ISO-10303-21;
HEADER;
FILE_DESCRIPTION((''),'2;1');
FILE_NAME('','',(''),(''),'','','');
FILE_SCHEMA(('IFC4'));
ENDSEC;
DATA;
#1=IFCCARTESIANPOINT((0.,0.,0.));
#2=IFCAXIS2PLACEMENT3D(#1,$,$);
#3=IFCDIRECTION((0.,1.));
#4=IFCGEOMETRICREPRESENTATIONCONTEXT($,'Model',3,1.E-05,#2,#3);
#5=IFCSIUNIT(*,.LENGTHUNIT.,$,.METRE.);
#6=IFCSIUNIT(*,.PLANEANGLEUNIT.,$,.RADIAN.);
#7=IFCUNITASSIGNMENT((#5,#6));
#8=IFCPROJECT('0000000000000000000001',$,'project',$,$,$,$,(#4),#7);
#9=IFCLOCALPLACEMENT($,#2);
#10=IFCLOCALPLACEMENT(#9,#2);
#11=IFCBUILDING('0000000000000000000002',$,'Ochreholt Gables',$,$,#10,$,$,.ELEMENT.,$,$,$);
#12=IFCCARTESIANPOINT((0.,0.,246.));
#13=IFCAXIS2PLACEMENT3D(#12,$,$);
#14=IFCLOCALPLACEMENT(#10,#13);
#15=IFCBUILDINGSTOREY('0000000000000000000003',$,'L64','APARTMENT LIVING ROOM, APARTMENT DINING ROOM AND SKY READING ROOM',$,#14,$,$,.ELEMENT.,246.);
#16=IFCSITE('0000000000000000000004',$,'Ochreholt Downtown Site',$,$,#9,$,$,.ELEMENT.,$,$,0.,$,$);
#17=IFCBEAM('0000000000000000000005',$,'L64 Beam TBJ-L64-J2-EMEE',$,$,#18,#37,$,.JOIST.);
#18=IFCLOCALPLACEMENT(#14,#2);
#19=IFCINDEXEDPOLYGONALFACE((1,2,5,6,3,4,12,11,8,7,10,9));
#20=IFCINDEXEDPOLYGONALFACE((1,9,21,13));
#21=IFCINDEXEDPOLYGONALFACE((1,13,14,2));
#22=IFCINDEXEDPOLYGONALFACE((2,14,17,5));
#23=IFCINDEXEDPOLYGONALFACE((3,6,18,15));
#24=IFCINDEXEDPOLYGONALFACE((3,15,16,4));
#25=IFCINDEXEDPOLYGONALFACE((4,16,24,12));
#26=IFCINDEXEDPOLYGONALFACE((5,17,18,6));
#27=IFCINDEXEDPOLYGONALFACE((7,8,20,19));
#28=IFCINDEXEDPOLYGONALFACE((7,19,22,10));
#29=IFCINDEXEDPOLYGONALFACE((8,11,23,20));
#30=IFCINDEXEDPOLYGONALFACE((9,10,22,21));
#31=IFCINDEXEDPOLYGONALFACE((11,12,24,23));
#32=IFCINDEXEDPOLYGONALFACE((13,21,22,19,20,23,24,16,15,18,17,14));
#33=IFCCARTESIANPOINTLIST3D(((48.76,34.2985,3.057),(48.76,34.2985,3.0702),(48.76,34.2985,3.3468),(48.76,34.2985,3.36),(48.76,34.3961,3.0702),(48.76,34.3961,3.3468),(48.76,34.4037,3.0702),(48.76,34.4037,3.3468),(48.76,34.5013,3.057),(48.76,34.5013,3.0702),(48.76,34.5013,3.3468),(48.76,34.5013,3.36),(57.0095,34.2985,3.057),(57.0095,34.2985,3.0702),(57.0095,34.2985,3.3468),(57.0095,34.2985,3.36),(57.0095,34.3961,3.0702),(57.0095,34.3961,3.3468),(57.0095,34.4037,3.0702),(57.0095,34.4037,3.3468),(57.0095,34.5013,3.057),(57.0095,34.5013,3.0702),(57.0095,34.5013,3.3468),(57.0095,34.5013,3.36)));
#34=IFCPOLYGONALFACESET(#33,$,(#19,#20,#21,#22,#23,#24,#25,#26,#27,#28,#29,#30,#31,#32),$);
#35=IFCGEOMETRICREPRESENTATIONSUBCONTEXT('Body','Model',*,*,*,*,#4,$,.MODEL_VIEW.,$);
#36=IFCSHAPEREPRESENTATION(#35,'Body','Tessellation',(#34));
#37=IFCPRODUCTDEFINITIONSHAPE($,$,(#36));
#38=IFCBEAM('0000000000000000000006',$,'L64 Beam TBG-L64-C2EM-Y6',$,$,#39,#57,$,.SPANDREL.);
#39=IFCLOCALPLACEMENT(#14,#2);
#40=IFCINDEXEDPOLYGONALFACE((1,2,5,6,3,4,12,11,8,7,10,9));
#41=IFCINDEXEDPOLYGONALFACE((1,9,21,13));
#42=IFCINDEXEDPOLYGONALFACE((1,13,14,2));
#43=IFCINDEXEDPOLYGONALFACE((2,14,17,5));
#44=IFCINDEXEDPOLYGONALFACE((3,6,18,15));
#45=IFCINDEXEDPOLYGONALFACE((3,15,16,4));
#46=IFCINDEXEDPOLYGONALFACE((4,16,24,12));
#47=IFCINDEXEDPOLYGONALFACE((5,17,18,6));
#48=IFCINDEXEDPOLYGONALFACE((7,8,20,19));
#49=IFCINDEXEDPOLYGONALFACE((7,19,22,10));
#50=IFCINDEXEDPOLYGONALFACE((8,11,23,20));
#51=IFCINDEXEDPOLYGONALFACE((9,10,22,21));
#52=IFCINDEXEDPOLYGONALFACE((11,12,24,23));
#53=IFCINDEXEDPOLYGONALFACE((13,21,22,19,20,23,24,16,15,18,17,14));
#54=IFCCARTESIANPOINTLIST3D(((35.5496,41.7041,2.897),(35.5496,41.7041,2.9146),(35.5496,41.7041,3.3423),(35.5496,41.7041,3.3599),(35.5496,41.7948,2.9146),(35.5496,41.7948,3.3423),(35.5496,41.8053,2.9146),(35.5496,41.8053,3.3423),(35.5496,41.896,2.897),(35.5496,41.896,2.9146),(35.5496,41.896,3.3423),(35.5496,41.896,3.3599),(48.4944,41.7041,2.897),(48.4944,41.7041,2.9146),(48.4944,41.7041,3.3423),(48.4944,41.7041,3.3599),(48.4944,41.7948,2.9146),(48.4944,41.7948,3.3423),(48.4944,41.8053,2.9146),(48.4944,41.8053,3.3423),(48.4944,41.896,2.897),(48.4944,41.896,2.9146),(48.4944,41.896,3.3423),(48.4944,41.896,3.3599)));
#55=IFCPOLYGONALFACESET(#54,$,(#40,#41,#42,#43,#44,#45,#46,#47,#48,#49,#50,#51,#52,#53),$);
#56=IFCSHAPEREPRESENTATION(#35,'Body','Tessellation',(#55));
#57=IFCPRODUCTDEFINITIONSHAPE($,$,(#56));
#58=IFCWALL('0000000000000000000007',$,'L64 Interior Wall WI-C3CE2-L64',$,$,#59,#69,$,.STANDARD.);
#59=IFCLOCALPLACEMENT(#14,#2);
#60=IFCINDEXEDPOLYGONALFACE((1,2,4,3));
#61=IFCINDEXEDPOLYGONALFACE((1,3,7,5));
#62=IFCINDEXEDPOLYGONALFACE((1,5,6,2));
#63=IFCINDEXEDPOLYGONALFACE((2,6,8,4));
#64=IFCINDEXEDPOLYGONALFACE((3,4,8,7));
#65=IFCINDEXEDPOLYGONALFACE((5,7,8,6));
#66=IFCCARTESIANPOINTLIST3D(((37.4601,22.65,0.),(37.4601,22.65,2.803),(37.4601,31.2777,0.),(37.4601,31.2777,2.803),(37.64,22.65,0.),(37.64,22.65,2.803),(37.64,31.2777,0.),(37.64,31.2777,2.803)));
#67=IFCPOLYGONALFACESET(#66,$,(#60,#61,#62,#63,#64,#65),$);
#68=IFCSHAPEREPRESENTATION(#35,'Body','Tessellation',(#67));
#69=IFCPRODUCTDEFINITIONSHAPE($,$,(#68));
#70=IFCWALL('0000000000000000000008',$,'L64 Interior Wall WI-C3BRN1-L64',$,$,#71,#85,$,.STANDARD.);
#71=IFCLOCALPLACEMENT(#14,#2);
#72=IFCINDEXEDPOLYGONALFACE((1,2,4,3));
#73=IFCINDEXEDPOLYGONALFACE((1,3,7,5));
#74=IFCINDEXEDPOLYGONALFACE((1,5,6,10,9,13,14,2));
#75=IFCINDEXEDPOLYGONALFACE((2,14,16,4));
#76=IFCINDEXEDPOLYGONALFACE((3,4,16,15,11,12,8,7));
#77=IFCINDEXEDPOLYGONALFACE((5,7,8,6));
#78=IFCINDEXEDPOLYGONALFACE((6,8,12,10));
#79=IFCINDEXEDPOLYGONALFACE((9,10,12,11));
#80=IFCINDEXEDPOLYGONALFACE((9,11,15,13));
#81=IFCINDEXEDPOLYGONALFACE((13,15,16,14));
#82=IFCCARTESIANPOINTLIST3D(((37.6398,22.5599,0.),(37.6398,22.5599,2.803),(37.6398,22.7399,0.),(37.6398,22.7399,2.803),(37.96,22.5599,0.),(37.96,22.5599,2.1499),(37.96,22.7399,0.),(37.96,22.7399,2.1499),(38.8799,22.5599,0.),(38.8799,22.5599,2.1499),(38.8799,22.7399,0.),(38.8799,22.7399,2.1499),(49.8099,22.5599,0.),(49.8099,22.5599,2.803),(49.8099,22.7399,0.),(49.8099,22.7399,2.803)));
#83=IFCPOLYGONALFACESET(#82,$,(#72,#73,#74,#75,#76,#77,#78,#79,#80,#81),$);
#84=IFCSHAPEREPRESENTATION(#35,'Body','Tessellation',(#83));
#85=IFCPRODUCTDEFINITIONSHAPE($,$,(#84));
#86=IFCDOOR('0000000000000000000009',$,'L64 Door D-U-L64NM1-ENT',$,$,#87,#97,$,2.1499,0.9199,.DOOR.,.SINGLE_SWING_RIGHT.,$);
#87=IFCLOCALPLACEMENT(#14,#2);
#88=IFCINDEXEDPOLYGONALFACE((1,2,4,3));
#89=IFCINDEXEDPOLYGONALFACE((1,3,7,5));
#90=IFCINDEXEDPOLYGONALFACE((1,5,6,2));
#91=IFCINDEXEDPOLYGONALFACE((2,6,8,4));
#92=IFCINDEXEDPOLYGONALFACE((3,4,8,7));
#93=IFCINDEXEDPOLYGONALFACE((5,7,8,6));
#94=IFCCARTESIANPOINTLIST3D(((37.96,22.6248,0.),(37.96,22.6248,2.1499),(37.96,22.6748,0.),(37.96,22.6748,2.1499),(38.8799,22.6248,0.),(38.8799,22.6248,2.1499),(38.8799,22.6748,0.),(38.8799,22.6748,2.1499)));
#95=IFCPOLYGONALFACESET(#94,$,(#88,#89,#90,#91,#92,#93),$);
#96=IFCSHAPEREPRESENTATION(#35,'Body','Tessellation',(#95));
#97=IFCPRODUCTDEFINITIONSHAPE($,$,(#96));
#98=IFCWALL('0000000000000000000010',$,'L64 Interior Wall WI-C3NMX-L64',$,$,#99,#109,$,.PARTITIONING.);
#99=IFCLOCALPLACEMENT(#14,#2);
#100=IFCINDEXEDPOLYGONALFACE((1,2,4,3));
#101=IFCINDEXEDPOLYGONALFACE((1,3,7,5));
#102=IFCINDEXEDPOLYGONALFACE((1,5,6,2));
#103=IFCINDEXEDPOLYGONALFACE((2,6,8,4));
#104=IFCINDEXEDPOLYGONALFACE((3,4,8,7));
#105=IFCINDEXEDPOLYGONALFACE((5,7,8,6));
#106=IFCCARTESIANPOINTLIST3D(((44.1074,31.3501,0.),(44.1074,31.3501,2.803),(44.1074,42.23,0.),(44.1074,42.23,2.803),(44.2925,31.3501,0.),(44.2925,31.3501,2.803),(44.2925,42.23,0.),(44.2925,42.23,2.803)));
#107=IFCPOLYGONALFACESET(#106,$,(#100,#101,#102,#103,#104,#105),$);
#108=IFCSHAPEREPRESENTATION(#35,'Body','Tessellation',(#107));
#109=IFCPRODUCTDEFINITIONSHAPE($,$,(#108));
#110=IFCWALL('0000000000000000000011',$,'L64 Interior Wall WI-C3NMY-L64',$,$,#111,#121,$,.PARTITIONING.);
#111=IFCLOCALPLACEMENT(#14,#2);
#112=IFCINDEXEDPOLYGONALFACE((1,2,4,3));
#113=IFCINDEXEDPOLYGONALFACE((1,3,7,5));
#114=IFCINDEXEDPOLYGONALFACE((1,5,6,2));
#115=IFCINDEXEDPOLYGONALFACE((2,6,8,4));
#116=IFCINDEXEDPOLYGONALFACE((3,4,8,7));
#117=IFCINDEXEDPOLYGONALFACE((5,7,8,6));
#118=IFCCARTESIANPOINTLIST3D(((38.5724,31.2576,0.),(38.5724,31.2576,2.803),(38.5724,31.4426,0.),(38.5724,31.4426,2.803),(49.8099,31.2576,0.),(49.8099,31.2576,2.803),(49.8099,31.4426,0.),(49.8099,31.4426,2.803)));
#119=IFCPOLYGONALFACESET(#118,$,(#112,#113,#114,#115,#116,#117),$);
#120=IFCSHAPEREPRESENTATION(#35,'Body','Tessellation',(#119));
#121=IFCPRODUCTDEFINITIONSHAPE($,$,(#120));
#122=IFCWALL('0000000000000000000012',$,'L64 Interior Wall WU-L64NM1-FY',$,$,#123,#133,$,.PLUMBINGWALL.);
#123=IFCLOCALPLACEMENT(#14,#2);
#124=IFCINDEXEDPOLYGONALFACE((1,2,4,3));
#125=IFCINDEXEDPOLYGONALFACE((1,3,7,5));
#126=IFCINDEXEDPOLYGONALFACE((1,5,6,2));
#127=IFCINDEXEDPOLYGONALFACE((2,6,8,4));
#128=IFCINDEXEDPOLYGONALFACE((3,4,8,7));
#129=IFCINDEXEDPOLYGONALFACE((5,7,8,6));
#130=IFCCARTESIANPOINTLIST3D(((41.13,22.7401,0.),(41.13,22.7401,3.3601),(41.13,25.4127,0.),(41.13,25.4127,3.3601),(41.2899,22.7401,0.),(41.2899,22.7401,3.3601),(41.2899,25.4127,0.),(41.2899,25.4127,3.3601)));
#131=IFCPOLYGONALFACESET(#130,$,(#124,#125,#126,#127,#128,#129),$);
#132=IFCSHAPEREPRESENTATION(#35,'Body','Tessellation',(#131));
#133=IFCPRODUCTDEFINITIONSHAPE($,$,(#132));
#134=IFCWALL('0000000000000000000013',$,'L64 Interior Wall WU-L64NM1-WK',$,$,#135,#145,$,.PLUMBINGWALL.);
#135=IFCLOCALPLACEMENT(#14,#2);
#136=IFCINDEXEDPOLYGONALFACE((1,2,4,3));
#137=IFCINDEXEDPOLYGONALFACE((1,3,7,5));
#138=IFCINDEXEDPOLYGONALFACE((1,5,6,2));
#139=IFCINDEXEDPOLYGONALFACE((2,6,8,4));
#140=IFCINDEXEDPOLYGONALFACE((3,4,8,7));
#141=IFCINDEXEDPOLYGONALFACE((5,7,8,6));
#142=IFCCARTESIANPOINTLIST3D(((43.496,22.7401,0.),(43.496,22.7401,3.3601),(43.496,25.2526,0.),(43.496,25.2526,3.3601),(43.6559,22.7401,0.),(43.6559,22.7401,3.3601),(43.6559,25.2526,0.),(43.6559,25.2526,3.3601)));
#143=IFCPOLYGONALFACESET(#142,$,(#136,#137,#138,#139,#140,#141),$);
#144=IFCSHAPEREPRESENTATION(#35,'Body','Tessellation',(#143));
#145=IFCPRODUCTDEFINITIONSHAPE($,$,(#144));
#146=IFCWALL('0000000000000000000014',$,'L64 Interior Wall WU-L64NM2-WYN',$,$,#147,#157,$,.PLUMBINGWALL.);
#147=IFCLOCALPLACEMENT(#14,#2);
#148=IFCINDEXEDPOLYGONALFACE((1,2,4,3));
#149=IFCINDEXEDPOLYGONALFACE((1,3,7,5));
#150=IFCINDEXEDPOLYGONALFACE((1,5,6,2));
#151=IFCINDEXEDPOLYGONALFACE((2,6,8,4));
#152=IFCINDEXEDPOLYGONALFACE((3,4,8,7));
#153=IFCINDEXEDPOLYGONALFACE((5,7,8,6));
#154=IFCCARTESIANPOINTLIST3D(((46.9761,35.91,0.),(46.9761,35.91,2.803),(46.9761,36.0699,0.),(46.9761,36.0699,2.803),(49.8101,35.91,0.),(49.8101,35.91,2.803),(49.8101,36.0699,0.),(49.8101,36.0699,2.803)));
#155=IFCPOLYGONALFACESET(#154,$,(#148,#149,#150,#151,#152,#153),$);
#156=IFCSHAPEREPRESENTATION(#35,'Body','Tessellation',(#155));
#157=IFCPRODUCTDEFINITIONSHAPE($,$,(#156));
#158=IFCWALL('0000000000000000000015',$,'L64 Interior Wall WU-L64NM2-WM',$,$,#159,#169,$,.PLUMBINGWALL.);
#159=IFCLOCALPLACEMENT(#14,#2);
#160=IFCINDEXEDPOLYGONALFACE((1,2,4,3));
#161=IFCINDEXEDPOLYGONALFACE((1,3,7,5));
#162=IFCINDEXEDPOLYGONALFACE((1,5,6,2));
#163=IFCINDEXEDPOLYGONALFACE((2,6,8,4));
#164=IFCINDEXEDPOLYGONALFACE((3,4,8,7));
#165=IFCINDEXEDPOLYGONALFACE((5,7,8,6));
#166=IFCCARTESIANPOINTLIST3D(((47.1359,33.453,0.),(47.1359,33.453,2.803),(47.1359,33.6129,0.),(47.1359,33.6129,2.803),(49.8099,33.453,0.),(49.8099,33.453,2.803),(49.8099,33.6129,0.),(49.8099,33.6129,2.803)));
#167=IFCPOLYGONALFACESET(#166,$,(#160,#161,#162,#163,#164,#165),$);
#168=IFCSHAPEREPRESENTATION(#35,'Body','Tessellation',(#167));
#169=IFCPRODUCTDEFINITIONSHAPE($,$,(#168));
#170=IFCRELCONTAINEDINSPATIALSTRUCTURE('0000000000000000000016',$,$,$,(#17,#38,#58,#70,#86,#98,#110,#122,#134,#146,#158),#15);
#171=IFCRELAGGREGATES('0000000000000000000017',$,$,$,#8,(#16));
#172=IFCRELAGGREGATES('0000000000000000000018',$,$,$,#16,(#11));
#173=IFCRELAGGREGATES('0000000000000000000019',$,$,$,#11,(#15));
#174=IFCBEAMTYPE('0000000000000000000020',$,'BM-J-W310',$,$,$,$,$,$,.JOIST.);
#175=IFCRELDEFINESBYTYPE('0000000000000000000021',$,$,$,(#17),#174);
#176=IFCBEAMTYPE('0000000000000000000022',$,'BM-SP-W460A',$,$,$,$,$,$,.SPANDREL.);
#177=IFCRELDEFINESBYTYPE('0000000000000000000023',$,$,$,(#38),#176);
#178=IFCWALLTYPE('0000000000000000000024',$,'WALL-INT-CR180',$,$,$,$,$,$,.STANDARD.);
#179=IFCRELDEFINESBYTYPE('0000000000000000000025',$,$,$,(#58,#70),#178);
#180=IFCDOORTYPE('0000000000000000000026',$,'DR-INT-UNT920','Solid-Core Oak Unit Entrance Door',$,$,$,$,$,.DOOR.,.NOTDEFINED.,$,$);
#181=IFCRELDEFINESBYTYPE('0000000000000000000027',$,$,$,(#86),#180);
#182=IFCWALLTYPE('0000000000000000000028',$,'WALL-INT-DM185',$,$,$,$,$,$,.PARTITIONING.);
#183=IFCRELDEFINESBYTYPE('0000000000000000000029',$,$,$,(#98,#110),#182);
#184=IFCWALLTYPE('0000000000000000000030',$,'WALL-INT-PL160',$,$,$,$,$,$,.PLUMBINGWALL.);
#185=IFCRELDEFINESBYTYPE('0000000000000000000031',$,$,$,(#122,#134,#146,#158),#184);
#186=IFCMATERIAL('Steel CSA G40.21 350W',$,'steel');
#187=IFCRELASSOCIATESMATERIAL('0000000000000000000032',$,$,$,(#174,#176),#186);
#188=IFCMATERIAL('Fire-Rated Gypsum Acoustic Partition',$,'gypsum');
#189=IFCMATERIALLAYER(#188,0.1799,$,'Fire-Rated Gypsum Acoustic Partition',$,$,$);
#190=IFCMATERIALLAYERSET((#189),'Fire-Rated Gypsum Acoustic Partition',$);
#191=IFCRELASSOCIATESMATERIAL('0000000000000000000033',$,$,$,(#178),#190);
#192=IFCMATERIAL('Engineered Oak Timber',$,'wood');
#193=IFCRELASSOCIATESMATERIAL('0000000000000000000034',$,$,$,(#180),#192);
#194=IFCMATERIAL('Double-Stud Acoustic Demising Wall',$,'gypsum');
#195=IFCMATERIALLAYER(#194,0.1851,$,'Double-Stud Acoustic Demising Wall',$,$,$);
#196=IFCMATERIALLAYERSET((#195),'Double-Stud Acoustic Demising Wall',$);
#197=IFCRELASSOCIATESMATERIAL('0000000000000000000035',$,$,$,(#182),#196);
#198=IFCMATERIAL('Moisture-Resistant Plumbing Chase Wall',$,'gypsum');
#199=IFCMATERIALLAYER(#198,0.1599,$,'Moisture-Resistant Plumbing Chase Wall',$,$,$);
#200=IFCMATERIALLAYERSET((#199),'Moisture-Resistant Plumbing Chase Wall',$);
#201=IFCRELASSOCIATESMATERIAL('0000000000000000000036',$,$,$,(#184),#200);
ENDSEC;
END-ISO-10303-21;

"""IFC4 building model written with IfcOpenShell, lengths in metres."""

from ifc_helpers import new_model, si_unit, direction, frame, frame_2d, origin, origin_2d, place, context, subcontext, project, spatial, rectangle, i_section, extrude, material, layer, layer_set, material_profile, profile_set, type_object, element, fill, save


model = new_model("IFC4")

# Units and contexts
model_context = context("Model", 3, precision=1e-05, world=origin(), true_north=direction((0.0, 1.0)))
body_context = subcontext(model_context, "Body", "Model", "MODEL_VIEW")
ifc_project = project(units=[si_unit("LENGTHUNIT", "METRE"), si_unit("PLANEANGLEUNIT", "RADIAN")], contexts=[model_context])

# Site, building, storey
site_placement = place(None, origin())
site = spatial("IfcSite", under=ifc_project, at=site_placement, Name="Ochreholt Downtown Site", CompositionType="ELEMENT", RefElevation=0.0)
building_placement = place(site_placement, origin())
building = spatial("IfcBuilding", under=site, at=building_placement, Name="Ochreholt Gables", CompositionType="ELEMENT")
storey_placement = place(building_placement, frame((0.0, 0.0, 246.0)))
storey = spatial("IfcBuildingStorey", under=building, at=storey_placement, Name="L64", Description="APARTMENT LIVING ROOM, APARTMENT DINING ROOM AND SKY READING ROOM", CompositionType="ELEMENT", Elevation=246.0)

# Shared definitions
ifc_material_1 = material(Name="Steel CSA G40.21 350W", Category="steel")

# Beams
ifc_material_profile_1 = material_profile(ifc_material_1, i_section(OverallWidth=0.2029, OverallDepth=0.303, WebThickness=0.0076, FlangeThickness=0.0132, at=origin_2d()), Name="W310X60")
ifc_profile_set_1 = profile_set([ifc_material_profile_1], Name="Steel CSA G40.21 350W")
beam_type_1 = type_object("IfcBeamType", Name="BM-J-W310", PredefinedType="JOIST", material=ifc_profile_set_1)
beam_1_placement = place(storey_placement, frame((48.76, 34.3999, 3.2085), z_axis=(1.0, 0.0, 0.0), x_axis=(0.0, 1.0, 0.0)))
element("IfcBeam", 1, at=beam_1_placement, inside=storey, type_object=beam_type_1, Name="L64 Beam TBJ-L64-J2-EMEE", PredefinedType="JOIST", context=body_context, shape_type="SweptSolid", body=[
    extrude(i_section(OverallWidth=0.2029, OverallDepth=0.303, WebThickness=0.0076, FlangeThickness=0.0132, at=origin_2d()), origin(), (0.0, 0.0, 1.0), 8.2495),
])
ifc_material_profile_2 = material_profile(ifc_material_1, i_section(OverallWidth=0.1919, OverallDepth=0.4629, WebThickness=0.0105, FlangeThickness=0.0176, at=origin_2d()), Name="W460X89")
ifc_profile_set_2 = profile_set([ifc_material_profile_2], Name="Steel CSA G40.21 350W")
beam_type_2 = type_object("IfcBeamType", Name="BM-SP-W460A", PredefinedType="SPANDREL", material=ifc_profile_set_2)
beam_2_placement = place(storey_placement, frame((35.5496, 41.8, 3.1284), z_axis=(1.0, 0.0, 0.0), x_axis=(0.0, 1.0, 0.0)))
element("IfcBeam", 2, at=beam_2_placement, inside=storey, type_object=beam_type_2, Name="L64 Beam TBG-L64-C2EM-Y6", PredefinedType="SPANDREL", context=body_context, shape_type="SweptSolid", body=[
    extrude(i_section(OverallWidth=0.1919, OverallDepth=0.4629, WebThickness=0.0105, FlangeThickness=0.0176, at=origin_2d()), origin(), (0.0, 0.0, 1.0), 12.9448),
])

# Wall
ifc_material_2 = material(Name="Fire-Rated Gypsum Acoustic Partition", Category="gypsum")
ifc_layer_1 = layer(ifc_material_2, 0.1799, Name="Fire-Rated Gypsum Acoustic Partition")
ifc_layer_set_1 = layer_set([ifc_layer_1], Name="Fire-Rated Gypsum Acoustic Partition")
wall_type_1 = type_object("IfcWallType", Name="WALL-INT-CR180", PredefinedType="STANDARD", material=ifc_layer_set_1)
wall_1_placement = place(storey_placement, frame((37.55, 22.6499, 0.0), z_axis=(0.0, 0.0, 1.0), x_axis=(0.0, 1.0, 0.0)))
element("IfcWall", 3, at=wall_1_placement, inside=storey, type_object=wall_type_1, Name="L64 Interior Wall WI-C3CE2-L64", PredefinedType="STANDARD", context=body_context, shape_type="SweptSolid", body=[
    extrude(rectangle(XDim=8.6277, YDim=0.1799, at=frame_2d((4.314, 0.0))), origin(), (0.0, 0.0, 1.0), 2.803),
])

# Wall, opening, door
wall_2_placement = place(storey_placement, frame((37.6399, 22.6499, 0.0), z_axis=(0.0, 0.0, 1.0), x_axis=(1.0, 0.0, 0.0)))
wall_2 = element("IfcWall", 4, at=wall_2_placement, inside=storey, type_object=wall_type_1, Name="L64 Interior Wall WI-C3BRN1-L64", PredefinedType="STANDARD", context=body_context, shape_type="SweptSolid", body=[
    extrude(rectangle(XDim=12.1702, YDim=0.1799, at=frame_2d((6.085, 0.0))), origin(), (0.0, 0.0, 1.0), 2.803),
])
opening_1_placement = place(wall_2_placement, frame((0.3201, 0.0, 0.0)))
opening_1 = element("IfcOpeningElement", 5, at=opening_1_placement, cuts=wall_2, PredefinedType="OPENING", context=body_context, shape_type="SweptSolid", body=[
    extrude(rectangle(XDim=0.9199, YDim=2.1499, at=frame_2d((0.46, 1.075))), frame((0.0, 0.0999, 0.0), z_axis=(0.0, -1.0, 0.0), x_axis=(1.0, 0.0, 0.0)), (0.0, 0.0, 1.0), 0.2),
])
ifc_material_3 = material(Name="Engineered Oak Timber", Category="wood")
door_type_1 = type_object("IfcDoorType", Name="DR-INT-UNT920", Description="Solid-Core Oak Unit Entrance Door", OperationType="NOTDEFINED", PredefinedType="DOOR", material=ifc_material_3)
door_1_placement = place(opening_1_placement, origin())
door_1 = element("IfcDoor", 6, at=door_1_placement, inside=storey, type_object=door_type_1, Name="L64 Door D-U-L64NM1-ENT", OperationType="SINGLE_SWING_RIGHT", OverallHeight=2.1499, OverallWidth=0.9199, PredefinedType="DOOR", context=body_context, shape_type="SweptSolid", body=[
    extrude(rectangle(XDim=0.9199, YDim=2.1499, at=frame_2d((0.46, 1.075))), frame((0.0, 0.0249, 0.0), z_axis=(0.0, -1.0, 0.0), x_axis=(1.0, 0.0, 0.0)), (0.0, 0.0, 1.0), 0.05),
])
fill(opening_1, door_1)

# Walls
ifc_material_4 = material(Name="Double-Stud Acoustic Demising Wall", Category="gypsum")
ifc_layer_2 = layer(ifc_material_4, 0.1851, Name="Double-Stud Acoustic Demising Wall")
ifc_layer_set_2 = layer_set([ifc_layer_2], Name="Double-Stud Acoustic Demising Wall")
wall_type_2 = type_object("IfcWallType", Name="WALL-INT-DM185", PredefinedType="PARTITIONING", material=ifc_layer_set_2)
wall_3_placement = place(storey_placement, frame((44.2, 31.3501, 0.0), z_axis=(0.0, 0.0, 1.0), x_axis=(0.0, 1.0, 0.0)))
element("IfcWall", 7, at=wall_3_placement, inside=storey, type_object=wall_type_2, Name="L64 Interior Wall WI-C3NMX-L64", PredefinedType="PARTITIONING", context=body_context, shape_type="SweptSolid", body=[
    extrude(rectangle(XDim=10.8799, YDim=0.1851, at=frame_2d((5.4399, 0.0))), origin(), (0.0, 0.0, 1.0), 2.803),
])
wall_4_placement = place(storey_placement, frame((38.5725, 31.3501, 0.0), z_axis=(0.0, 0.0, 1.0), x_axis=(1.0, 0.0, 0.0)))
element("IfcWall", 8, at=wall_4_placement, inside=storey, type_object=wall_type_2, Name="L64 Interior Wall WI-C3NMY-L64", PredefinedType="PARTITIONING", context=body_context, shape_type="SweptSolid", body=[
    extrude(rectangle(XDim=11.2375, YDim=0.1851, at=frame_2d((5.6187, 0.0))), origin(), (0.0, 0.0, 1.0), 2.803),
])

# Shared definitions
ifc_material_5 = material(Name="Moisture-Resistant Plumbing Chase Wall", Category="gypsum")
ifc_layer_3 = layer(ifc_material_5, 0.1599, Name="Moisture-Resistant Plumbing Chase Wall")
ifc_layer_set_3 = layer_set([ifc_layer_3], Name="Moisture-Resistant Plumbing Chase Wall")
wall_type_3 = type_object("IfcWallType", Name="WALL-INT-PL160", PredefinedType="PLUMBINGWALL", material=ifc_layer_set_3)

# Walls
wall_5_placement = place(storey_placement, frame((41.21, 22.74, 0.0), z_axis=(0.0, 0.0, 1.0), x_axis=(0.0, 1.0, 0.0)))
element("IfcWall", 9, at=wall_5_placement, inside=storey, type_object=wall_type_3, Name="L64 Interior Wall WU-L64NM1-FY", PredefinedType="PLUMBINGWALL", context=body_context, shape_type="SweptSolid", body=[
    extrude(rectangle(XDim=2.6726, YDim=0.1599, at=frame_2d((1.3364, 0.0))), origin(), (0.0, 0.0, 1.0), 3.3601),
])
wall_6_placement = place(storey_placement, frame((43.5759, 22.74, 0.0), z_axis=(0.0, 0.0, 1.0), x_axis=(0.0, 1.0, 0.0)))
element("IfcWall", 10, at=wall_6_placement, inside=storey, type_object=wall_type_3, Name="L64 Interior Wall WU-L64NM1-WK", PredefinedType="PLUMBINGWALL", context=body_context, shape_type="SweptSolid", body=[
    extrude(rectangle(XDim=2.5125, YDim=0.1599, at=frame_2d((1.2563, 0.0))), origin(), (0.0, 0.0, 1.0), 3.3601),
])
wall_7_placement = place(storey_placement, frame((46.9761, 35.99, 0.0), z_axis=(0.0, 0.0, 1.0), x_axis=(1.0, 0.0, 0.0)))
element("IfcWall", 11, at=wall_7_placement, inside=storey, type_object=wall_type_3, Name="L64 Interior Wall WU-L64NM2-WYN", PredefinedType="PLUMBINGWALL", context=body_context, shape_type="SweptSolid", body=[
    extrude(rectangle(XDim=2.834, YDim=0.1599, at=frame_2d((1.417, 0.0))), origin(), (0.0, 0.0, 1.0), 2.803),
])

# Wall
wall_8_placement = place(storey_placement, frame((47.136, 33.533, 0.0), z_axis=(0.0, 0.0, 1.0), x_axis=(1.0, 0.0, 0.0)))
element("IfcWall", 12, at=wall_8_placement, inside=storey, type_object=wall_type_3, Name="L64 Interior Wall WU-L64NM2-WM", PredefinedType="PLUMBINGWALL", context=body_context, shape_type="SweptSolid", body=[
    extrude(rectangle(XDim=2.6741, YDim=0.1599, at=frame_2d((1.3369, 0.0))), origin(), (0.0, 0.0, 1.0), 2.803),
])

save(model, "model.ifc")
